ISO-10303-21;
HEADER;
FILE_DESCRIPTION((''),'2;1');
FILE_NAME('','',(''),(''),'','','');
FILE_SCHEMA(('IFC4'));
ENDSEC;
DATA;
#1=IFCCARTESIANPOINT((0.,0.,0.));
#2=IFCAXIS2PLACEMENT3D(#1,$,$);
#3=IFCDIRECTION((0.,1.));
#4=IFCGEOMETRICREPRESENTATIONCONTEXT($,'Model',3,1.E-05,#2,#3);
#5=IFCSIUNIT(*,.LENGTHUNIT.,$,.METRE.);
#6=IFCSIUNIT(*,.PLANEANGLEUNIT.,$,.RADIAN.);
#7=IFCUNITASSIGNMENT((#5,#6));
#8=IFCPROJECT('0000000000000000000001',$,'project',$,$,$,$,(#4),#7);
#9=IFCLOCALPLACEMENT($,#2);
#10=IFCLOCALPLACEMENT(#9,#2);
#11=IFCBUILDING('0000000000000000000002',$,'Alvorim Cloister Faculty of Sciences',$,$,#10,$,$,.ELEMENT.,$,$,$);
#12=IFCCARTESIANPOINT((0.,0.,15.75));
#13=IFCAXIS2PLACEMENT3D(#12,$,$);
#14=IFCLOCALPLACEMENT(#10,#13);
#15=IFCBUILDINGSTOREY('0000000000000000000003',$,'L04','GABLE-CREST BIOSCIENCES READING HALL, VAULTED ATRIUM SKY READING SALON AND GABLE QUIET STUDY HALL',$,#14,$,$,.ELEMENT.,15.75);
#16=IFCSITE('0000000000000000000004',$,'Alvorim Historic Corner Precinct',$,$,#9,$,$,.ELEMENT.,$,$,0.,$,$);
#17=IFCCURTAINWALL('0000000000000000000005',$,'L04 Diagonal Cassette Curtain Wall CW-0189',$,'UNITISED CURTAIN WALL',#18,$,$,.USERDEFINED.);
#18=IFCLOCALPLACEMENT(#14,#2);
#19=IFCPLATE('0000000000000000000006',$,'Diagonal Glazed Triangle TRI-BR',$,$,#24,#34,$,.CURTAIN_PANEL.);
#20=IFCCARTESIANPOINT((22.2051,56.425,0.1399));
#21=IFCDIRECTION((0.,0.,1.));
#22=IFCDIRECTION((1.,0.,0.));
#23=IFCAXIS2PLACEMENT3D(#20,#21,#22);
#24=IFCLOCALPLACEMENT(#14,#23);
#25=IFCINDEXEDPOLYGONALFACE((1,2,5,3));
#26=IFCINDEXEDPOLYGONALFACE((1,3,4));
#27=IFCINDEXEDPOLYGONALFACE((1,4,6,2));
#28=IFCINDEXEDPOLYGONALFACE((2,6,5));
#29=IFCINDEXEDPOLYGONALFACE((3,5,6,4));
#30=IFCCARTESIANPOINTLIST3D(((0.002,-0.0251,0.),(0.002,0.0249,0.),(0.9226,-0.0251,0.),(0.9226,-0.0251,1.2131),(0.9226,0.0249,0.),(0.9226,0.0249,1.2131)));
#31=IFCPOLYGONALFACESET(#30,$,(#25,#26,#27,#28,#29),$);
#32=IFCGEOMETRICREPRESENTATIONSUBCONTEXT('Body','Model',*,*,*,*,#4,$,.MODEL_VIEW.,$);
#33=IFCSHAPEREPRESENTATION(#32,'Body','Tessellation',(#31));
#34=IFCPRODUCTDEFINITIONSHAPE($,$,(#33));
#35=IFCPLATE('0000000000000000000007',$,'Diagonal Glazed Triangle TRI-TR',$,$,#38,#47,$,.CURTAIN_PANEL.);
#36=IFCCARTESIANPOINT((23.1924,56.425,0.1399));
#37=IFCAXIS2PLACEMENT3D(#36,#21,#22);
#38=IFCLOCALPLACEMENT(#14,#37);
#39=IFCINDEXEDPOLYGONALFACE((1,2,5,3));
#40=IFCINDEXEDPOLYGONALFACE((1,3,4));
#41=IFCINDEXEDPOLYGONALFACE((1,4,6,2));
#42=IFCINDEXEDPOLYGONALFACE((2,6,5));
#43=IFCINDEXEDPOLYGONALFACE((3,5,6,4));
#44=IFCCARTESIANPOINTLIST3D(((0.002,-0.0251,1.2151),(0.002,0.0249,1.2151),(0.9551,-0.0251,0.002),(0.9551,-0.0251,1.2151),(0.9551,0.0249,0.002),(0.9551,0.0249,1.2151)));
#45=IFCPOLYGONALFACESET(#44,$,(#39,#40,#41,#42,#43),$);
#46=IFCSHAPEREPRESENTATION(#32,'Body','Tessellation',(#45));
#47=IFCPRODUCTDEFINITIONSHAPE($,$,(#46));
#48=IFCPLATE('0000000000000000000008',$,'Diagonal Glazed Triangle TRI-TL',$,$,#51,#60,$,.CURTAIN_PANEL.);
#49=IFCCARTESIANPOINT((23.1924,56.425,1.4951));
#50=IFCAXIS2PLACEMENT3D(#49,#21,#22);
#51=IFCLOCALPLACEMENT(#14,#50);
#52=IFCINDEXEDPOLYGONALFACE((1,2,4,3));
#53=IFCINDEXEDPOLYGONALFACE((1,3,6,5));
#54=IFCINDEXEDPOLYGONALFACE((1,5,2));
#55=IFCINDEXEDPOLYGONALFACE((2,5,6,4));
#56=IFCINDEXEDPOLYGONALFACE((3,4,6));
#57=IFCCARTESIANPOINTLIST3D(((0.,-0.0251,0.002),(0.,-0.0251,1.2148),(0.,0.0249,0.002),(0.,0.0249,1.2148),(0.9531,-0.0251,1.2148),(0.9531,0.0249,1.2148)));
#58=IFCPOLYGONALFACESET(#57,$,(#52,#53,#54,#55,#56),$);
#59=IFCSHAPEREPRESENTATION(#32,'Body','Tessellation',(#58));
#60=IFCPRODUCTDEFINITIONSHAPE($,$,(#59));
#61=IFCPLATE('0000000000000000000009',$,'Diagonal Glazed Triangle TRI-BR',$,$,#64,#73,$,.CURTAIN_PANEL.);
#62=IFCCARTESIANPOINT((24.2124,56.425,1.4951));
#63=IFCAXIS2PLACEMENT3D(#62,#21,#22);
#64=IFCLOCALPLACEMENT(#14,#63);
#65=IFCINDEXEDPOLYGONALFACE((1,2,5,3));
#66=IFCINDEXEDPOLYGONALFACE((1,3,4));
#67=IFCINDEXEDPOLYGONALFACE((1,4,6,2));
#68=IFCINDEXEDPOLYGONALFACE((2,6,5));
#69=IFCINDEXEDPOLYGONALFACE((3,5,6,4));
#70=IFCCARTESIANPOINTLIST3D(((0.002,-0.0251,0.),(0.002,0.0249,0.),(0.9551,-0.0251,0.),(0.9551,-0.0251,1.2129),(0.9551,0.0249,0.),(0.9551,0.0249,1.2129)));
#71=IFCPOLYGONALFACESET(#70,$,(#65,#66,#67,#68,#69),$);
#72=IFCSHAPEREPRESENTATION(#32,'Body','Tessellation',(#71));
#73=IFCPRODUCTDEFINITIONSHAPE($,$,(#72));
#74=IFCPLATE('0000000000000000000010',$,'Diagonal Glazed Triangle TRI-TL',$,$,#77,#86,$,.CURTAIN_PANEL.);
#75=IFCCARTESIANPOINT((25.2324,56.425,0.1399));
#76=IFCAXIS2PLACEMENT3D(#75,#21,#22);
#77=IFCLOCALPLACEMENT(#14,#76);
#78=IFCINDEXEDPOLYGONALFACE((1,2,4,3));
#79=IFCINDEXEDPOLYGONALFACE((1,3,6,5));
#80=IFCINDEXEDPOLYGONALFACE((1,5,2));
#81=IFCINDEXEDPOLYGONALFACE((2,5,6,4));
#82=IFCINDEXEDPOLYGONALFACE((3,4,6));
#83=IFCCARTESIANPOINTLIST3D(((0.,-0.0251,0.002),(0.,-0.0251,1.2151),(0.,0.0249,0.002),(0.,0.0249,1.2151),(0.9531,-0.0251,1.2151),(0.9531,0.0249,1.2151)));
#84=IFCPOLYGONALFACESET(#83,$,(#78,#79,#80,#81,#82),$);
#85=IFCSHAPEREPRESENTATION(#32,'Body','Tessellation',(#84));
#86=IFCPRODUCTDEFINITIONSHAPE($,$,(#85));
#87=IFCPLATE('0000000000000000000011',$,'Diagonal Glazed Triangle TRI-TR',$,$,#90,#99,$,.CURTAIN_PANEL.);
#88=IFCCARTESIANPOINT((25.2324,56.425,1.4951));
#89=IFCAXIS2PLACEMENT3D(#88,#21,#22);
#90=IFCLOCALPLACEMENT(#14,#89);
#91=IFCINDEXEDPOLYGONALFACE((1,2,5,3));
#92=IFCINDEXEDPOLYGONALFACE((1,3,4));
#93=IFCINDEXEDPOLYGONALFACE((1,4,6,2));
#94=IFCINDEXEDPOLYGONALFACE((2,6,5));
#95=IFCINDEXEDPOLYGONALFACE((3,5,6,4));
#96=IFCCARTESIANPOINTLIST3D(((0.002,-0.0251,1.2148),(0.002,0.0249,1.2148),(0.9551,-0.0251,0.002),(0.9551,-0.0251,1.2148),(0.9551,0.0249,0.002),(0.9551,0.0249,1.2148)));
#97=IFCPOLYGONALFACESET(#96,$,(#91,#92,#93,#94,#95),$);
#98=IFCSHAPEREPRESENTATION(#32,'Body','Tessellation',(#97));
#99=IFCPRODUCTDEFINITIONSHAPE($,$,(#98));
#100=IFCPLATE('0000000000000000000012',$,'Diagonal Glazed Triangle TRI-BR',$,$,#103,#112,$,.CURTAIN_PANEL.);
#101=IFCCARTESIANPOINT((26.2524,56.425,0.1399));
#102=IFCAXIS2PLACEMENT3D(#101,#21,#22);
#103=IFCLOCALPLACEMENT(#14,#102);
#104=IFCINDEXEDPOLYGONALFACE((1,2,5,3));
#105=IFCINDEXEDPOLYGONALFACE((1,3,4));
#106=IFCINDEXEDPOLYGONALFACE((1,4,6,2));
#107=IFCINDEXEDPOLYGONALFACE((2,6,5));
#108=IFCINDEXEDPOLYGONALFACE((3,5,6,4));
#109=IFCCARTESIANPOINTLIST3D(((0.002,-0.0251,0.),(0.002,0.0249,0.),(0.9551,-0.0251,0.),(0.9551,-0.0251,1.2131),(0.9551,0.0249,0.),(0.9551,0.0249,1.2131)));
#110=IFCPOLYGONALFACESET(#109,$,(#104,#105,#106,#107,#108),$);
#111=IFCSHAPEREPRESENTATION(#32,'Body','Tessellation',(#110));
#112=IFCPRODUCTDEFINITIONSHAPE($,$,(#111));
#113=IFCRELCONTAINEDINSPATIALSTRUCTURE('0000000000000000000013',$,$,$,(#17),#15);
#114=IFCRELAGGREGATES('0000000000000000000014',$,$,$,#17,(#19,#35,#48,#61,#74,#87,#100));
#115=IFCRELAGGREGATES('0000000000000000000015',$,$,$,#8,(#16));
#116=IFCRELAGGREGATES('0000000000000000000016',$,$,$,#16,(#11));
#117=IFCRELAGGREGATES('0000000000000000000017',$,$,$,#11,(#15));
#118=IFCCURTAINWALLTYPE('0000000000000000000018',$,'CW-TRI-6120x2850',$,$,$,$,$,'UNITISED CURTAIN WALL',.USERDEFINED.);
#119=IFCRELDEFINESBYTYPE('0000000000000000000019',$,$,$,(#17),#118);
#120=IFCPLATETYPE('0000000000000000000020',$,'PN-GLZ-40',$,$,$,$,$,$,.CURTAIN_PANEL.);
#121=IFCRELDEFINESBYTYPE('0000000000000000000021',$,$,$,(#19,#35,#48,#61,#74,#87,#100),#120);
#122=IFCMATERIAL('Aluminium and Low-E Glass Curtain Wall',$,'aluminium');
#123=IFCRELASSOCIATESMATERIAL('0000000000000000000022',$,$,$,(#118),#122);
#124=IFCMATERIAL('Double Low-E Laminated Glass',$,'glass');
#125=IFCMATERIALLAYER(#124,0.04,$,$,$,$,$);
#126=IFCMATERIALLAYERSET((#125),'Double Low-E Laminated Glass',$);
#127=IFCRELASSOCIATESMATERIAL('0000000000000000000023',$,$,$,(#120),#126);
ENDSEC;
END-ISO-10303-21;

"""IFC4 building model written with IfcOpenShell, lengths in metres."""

from ifc_helpers import new_model, si_unit, direction, frame, origin, place, context, subcontext, project, spatial, polyline, outline, extrude, material, layer, layer_set, type_object, element, aggregate, save


model = new_model("IFC4")

# Units and contexts
model_context = context("Model", 3, precision=1e-05, world=origin(), true_north=direction((0.0, 1.0)))
body_context = subcontext(model_context, "Body", "Model", "MODEL_VIEW")
ifc_project = project(units=[si_unit("LENGTHUNIT", "METRE"), si_unit("PLANEANGLEUNIT", "RADIAN")], contexts=[model_context])

# Site, building, storey
site_placement = place(None, origin())
site = spatial("IfcSite", under=ifc_project, at=site_placement, Name="Alvorim Historic Corner Precinct", CompositionType="ELEMENT", RefElevation=0.0)
building_placement = place(site_placement, origin())
building = spatial("IfcBuilding", under=site, at=building_placement, Name="Alvorim Cloister Faculty of Sciences", CompositionType="ELEMENT")
storey_placement = place(building_placement, frame((0.0, 0.0, 15.75)))
storey = spatial("IfcBuildingStorey", under=building, at=storey_placement, Name="L04", Description="GABLE-CREST BIOSCIENCES READING HALL, VAULTED ATRIUM SKY READING SALON AND GABLE QUIET STUDY HALL", CompositionType="ELEMENT", Elevation=15.75)

# Curtain wall, plates
ifc_material_1 = material(Name="Aluminium and Low-E Glass Curtain Wall", Category="aluminium")
curtain_wall_type = type_object("IfcCurtainWallType", Name="CW-TRI-6120x2850", ElementType="UNITISED CURTAIN WALL", PredefinedType="USERDEFINED", material=ifc_material_1)
curtain_wall_placement = place(storey_placement, origin())
curtain_wall = element("IfcCurtainWall", 1, at=curtain_wall_placement, inside=storey, type_object=curtain_wall_type, Name="L04 Diagonal Cassette Curtain Wall CW-0189", ObjectType="UNITISED CURTAIN WALL", PredefinedType="USERDEFINED")
ifc_material_2 = material(Name="Double Low-E Laminated Glass", Category="glass")
ifc_layer = layer(ifc_material_2, 0.04)
ifc_layer_set = layer_set([ifc_layer], Name="Double Low-E Laminated Glass")
plate_type = type_object("IfcPlateType", Name="PN-GLZ-40", PredefinedType="CURTAIN_PANEL", material=ifc_layer_set)
plate_1_placement = place(storey_placement, frame((22.2051, 56.425, 0.1399), z_axis=(0.0, 0.0, 1.0), x_axis=(1.0, 0.0, 0.0)))
plate_1 = element("IfcPlate", 2, at=plate_1_placement, type_object=plate_type, Name="Diagonal Glazed Triangle TRI-BR", PredefinedType="CURTAIN_PANEL", context=body_context, shape_type="SweptSolid", body=[
    extrude(outline(polyline([(0.002, 0.0), (0.9226, 0.0), (0.9226, 1.2131), (0.002, 0.0)])), frame((0.0, 0.0249, 0.0), z_axis=(0.0, -1.0, 0.0), x_axis=(1.0, 0.0, 0.0)), (0.0, 0.0, 1.0), 0.05),
])
plate_2_placement = place(storey_placement, frame((23.1924, 56.425, 0.1399), z_axis=(0.0, 0.0, 1.0), x_axis=(1.0, 0.0, 0.0)))
plate_2 = element("IfcPlate", 3, at=plate_2_placement, type_object=plate_type, Name="Diagonal Glazed Triangle TRI-TR", PredefinedType="CURTAIN_PANEL", context=body_context, shape_type="SweptSolid", body=[
    extrude(outline(polyline([(0.9551, 0.002), (0.9551, 1.2151), (0.002, 1.2151), (0.9551, 0.002)])), frame((0.0, 0.0249, 0.0), z_axis=(0.0, -1.0, 0.0), x_axis=(1.0, 0.0, 0.0)), (0.0, 0.0, 1.0), 0.05),
])
plate_3_placement = place(storey_placement, frame((23.1924, 56.425, 1.4951), z_axis=(0.0, 0.0, 1.0), x_axis=(1.0, 0.0, 0.0)))
plate_3 = element("IfcPlate", 4, at=plate_3_placement, type_object=plate_type, Name="Diagonal Glazed Triangle TRI-TL", PredefinedType="CURTAIN_PANEL", context=body_context, shape_type="SweptSolid", body=[
    extrude(outline(polyline([(0.9531, 1.2148), (0.0, 1.2148), (0.0, 0.002), (0.9531, 1.2148)])), frame((0.0, 0.0249, 0.0), z_axis=(0.0, -1.0, 0.0), x_axis=(1.0, 0.0, 0.0)), (0.0, 0.0, 1.0), 0.05),
])
plate_4_placement = place(storey_placement, frame((24.2124, 56.425, 1.4951), z_axis=(0.0, 0.0, 1.0), x_axis=(1.0, 0.0, 0.0)))
plate_4 = element("IfcPlate", 5, at=plate_4_placement, type_object=plate_type, Name="Diagonal Glazed Triangle TRI-BR", PredefinedType="CURTAIN_PANEL", context=body_context, shape_type="SweptSolid", body=[
    extrude(outline(polyline([(0.002, 0.0), (0.9551, 0.0), (0.9551, 1.2129), (0.002, 0.0)])), frame((0.0, 0.0249, 0.0), z_axis=(0.0, -1.0, 0.0), x_axis=(1.0, 0.0, 0.0)), (0.0, 0.0, 1.0), 0.05),
])
plate_5_placement = place(storey_placement, frame((25.2324, 56.425, 0.1399), z_axis=(0.0, 0.0, 1.0), x_axis=(1.0, 0.0, 0.0)))
plate_5 = element("IfcPlate", 6, at=plate_5_placement, type_object=plate_type, Name="Diagonal Glazed Triangle TRI-TL", PredefinedType="CURTAIN_PANEL", context=body_context, shape_type="SweptSolid", body=[
    extrude(outline(polyline([(0.9531, 1.2151), (0.0, 1.2151), (0.0, 0.002), (0.9531, 1.2151)])), frame((0.0, 0.0249, 0.0), z_axis=(0.0, -1.0, 0.0), x_axis=(1.0, 0.0, 0.0)), (0.0, 0.0, 1.0), 0.05),
])
plate_6_placement = place(storey_placement, frame((25.2324, 56.425, 1.4951), z_axis=(0.0, 0.0, 1.0), x_axis=(1.0, 0.0, 0.0)))
plate_6 = element("IfcPlate", 7, at=plate_6_placement, type_object=plate_type, Name="Diagonal Glazed Triangle TRI-TR", PredefinedType="CURTAIN_PANEL", context=body_context, shape_type="SweptSolid", body=[
    extrude(outline(polyline([(0.9551, 0.002), (0.9551, 1.2148), (0.002, 1.2148), (0.9551, 0.002)])), frame((0.0, 0.0249, 0.0), z_axis=(0.0, -1.0, 0.0), x_axis=(1.0, 0.0, 0.0)), (0.0, 0.0, 1.0), 0.05),
])
plate_7_placement = place(storey_placement, frame((26.2524, 56.425, 0.1399), z_axis=(0.0, 0.0, 1.0), x_axis=(1.0, 0.0, 0.0)))
plate_7 = element("IfcPlate", 8, at=plate_7_placement, type_object=plate_type, Name="Diagonal Glazed Triangle TRI-BR", PredefinedType="CURTAIN_PANEL", context=body_context, shape_type="SweptSolid", body=[
    extrude(outline(polyline([(0.002, 0.0), (0.9551, 0.0), (0.9551, 1.2131), (0.002, 0.0)])), frame((0.0, 0.0249, 0.0), z_axis=(0.0, -1.0, 0.0), x_axis=(1.0, 0.0, 0.0)), (0.0, 0.0, 1.0), 0.05),
])
aggregate(curtain_wall, [plate_1, plate_2, plate_3, plate_4, plate_5, plate_6, plate_7])

save(model, "model.ifc")
